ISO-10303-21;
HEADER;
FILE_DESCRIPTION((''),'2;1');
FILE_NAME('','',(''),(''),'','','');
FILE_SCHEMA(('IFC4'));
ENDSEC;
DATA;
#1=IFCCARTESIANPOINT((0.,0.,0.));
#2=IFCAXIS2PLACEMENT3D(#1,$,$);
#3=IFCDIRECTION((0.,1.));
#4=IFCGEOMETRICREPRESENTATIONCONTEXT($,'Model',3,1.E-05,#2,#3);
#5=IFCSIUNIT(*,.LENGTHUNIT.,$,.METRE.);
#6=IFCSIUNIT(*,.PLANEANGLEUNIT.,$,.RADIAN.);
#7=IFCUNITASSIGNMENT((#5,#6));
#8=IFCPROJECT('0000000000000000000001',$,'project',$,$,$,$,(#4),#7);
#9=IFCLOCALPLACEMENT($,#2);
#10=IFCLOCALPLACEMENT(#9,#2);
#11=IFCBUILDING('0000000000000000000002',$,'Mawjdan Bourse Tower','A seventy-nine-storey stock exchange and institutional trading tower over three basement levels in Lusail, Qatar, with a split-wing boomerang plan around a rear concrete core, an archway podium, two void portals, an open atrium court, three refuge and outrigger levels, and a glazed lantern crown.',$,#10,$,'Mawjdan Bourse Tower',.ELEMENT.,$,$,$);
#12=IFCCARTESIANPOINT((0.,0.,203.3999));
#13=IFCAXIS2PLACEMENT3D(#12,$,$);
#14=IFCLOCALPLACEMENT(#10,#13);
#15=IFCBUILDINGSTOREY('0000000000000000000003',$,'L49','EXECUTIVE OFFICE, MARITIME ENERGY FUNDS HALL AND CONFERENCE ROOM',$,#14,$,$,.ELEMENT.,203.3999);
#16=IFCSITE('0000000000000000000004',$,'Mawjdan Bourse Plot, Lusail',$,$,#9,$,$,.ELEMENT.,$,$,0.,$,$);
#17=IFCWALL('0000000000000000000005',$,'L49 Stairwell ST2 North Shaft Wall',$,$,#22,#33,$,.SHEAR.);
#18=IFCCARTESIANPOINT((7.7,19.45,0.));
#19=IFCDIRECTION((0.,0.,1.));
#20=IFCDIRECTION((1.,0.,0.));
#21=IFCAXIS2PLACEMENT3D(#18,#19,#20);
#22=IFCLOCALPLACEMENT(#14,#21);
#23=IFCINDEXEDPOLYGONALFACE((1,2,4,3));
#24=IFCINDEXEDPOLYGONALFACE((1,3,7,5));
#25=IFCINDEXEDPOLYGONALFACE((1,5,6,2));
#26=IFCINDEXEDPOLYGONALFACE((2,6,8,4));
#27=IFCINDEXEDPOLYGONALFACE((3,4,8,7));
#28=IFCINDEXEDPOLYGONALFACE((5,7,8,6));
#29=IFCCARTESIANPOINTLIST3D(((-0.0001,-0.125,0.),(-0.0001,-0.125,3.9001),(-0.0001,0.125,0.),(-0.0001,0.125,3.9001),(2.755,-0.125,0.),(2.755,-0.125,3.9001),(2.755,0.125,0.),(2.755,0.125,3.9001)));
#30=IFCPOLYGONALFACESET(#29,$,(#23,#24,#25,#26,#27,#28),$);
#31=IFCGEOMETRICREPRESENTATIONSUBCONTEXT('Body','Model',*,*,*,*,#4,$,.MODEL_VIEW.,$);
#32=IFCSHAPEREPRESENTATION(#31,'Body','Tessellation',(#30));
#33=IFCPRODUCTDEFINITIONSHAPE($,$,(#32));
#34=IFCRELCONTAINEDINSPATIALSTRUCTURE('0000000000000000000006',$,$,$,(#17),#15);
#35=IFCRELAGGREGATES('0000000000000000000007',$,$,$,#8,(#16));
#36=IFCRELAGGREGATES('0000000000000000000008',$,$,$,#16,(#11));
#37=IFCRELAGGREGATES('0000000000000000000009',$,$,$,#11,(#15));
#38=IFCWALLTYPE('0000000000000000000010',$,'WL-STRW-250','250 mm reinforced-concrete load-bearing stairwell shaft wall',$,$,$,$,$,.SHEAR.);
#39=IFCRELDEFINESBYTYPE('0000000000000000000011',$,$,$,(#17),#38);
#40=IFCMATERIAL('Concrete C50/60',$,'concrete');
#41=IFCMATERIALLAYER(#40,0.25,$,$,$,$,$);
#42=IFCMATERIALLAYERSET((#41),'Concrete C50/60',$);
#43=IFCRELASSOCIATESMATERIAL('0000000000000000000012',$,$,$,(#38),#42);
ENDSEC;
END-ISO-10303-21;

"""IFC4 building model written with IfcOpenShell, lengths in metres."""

from ifc_helpers import new_model, si_unit, direction, frame, frame_2d, origin, place, context, subcontext, project, spatial, rectangle, extrude, material, layer, layer_set, type_object, element, save


model = new_model("IFC4")

# Units and contexts
model_context = context("Model", 3, precision=1e-05, world=origin(), true_north=direction((0.0, 1.0)))
body_context = subcontext(model_context, "Body", "Model", "MODEL_VIEW")
ifc_project = project(units=[si_unit("LENGTHUNIT", "METRE"), si_unit("PLANEANGLEUNIT", "RADIAN")], contexts=[model_context])

# Site, building, storey
site_placement = place(None, origin())
site = spatial("IfcSite", under=ifc_project, at=site_placement, Name="Mawjdan Bourse Plot, Lusail", CompositionType="ELEMENT", RefElevation=0.0)
building_placement = place(site_placement, origin())
building = spatial("IfcBuilding", under=site, at=building_placement, Name="Mawjdan Bourse Tower", Description="A seventy-nine-storey stock exchange and institutional trading tower over three basement levels in Lusail, Qatar, with a split-wing boomerang plan around a rear concrete core, an archway podium, two void portals, an open atrium court, three refuge and outrigger levels, and a glazed lantern crown.", LongName="Mawjdan Bourse Tower", CompositionType="ELEMENT")
storey_placement = place(building_placement, frame((0.0, 0.0, 203.3999)))
storey = spatial("IfcBuildingStorey", under=building, at=storey_placement, Name="L49", Description="EXECUTIVE OFFICE, MARITIME ENERGY FUNDS HALL AND CONFERENCE ROOM", CompositionType="ELEMENT", Elevation=203.3999)

# Wall
ifc_material_1 = material(Name="Concrete C50/60", Category="concrete")
ifc_layer_1 = layer(ifc_material_1, 0.25)
ifc_layer_set_1 = layer_set([ifc_layer_1], Name="Concrete C50/60")
wall_type_1 = type_object("IfcWallType", Name="WL-STRW-250", Description="250 mm reinforced-concrete load-bearing stairwell shaft wall", PredefinedType="SHEAR", material=ifc_layer_set_1)
wall_1_placement = place(storey_placement, frame((7.7, 19.45, 0.0), z_axis=(0.0, 0.0, 1.0), x_axis=(1.0, 0.0, 0.0)))
element("IfcWall", 1, at=wall_1_placement, inside=storey, type_object=wall_type_1, Name="L49 Stairwell ST2 North Shaft Wall", PredefinedType="SHEAR", context=body_context, shape_type="SweptSolid", body=[
    extrude(rectangle(XDim=2.7551, YDim=0.25, at=frame_2d((1.3774, 0.0))), origin(), (0.0, 0.0, 1.0), 3.9001),
])

save(model, "model.ifc")
